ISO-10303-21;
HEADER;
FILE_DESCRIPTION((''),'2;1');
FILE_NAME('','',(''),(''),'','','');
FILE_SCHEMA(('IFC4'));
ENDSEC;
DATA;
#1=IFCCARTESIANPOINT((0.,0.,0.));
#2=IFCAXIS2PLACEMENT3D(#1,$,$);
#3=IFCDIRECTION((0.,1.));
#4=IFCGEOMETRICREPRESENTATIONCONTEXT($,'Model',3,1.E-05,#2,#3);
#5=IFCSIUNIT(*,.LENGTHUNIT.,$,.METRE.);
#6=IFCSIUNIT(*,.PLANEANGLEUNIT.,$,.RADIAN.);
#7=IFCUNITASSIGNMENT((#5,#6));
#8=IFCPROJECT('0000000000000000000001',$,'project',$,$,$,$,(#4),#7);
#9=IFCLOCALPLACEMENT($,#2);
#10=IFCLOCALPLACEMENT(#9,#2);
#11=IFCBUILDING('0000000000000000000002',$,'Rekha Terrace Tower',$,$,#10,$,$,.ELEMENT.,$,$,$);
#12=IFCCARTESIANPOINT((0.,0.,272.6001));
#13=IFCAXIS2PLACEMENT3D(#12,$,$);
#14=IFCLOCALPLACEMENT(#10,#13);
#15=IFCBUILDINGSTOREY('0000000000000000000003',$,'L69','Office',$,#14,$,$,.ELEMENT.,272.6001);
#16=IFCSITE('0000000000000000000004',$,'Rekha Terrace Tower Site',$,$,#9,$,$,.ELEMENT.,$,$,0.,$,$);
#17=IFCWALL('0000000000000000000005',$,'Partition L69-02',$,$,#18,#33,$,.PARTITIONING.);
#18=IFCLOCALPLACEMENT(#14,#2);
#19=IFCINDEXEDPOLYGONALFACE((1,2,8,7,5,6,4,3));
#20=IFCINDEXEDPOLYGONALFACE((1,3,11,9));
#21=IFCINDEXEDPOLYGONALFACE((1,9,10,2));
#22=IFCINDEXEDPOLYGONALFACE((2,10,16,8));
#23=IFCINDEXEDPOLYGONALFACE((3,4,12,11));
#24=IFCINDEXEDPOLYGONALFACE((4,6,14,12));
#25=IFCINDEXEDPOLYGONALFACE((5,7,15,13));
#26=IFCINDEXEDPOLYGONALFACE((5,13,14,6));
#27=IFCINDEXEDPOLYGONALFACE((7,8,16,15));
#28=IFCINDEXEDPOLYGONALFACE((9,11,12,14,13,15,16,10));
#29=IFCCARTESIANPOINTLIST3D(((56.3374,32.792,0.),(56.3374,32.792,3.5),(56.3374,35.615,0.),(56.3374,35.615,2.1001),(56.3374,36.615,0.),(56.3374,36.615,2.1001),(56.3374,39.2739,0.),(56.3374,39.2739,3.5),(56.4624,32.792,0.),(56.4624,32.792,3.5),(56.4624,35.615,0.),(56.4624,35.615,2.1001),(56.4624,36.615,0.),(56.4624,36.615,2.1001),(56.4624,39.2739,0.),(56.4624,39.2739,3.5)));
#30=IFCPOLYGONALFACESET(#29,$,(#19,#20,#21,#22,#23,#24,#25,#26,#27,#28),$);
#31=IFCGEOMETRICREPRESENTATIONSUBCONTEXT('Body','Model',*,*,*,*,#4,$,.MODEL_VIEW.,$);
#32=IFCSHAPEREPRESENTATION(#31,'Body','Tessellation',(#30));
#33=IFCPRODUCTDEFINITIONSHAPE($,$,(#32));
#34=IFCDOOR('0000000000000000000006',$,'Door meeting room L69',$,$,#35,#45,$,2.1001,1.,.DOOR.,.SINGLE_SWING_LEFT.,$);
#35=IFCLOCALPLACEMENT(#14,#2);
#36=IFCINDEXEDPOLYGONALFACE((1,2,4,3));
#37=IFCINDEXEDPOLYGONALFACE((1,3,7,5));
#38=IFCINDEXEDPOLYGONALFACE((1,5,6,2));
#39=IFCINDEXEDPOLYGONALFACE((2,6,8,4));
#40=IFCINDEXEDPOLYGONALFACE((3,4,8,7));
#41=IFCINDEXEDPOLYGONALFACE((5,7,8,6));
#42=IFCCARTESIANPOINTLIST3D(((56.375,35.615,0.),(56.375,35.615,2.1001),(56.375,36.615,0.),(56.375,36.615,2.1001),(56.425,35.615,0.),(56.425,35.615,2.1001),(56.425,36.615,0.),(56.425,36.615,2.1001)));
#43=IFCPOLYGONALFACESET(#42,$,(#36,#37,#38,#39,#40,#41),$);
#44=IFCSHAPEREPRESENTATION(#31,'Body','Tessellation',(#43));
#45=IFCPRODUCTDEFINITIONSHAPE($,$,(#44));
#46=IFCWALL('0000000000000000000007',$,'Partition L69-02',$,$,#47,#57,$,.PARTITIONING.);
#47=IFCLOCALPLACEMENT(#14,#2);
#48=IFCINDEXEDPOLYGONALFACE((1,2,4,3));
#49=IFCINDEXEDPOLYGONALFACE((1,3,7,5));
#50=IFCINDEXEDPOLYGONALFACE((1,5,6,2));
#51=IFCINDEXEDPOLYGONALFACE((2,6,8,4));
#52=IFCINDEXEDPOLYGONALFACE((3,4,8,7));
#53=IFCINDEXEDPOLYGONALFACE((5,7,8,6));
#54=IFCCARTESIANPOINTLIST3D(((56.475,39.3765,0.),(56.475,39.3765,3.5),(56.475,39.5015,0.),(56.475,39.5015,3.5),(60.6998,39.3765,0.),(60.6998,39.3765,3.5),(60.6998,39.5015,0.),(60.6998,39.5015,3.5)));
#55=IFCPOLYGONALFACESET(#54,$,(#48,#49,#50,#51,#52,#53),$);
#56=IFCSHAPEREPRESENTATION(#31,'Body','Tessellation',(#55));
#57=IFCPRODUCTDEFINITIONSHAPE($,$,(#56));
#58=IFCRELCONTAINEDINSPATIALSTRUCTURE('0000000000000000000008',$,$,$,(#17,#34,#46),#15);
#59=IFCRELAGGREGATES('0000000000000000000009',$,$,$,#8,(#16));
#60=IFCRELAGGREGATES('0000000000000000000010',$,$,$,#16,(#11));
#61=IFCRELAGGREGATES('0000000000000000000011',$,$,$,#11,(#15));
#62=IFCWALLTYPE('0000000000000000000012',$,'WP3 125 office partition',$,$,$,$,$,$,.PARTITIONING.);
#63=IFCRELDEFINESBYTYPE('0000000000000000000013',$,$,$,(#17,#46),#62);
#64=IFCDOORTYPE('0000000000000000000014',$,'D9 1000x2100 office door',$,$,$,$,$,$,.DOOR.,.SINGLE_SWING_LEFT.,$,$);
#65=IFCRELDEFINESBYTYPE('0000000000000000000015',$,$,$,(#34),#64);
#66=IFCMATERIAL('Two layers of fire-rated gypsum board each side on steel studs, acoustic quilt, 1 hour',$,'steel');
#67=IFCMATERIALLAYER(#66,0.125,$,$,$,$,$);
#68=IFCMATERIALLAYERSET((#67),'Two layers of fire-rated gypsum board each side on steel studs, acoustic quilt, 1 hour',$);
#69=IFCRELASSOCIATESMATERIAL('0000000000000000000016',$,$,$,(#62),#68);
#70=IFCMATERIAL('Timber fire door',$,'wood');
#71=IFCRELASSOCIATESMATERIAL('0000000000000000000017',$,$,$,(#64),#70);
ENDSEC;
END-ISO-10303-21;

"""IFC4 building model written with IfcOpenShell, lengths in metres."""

from ifc_helpers import new_model, si_unit, direction, frame, frame_2d, origin, place, context, subcontext, project, spatial, rectangle, extrude, material, layer, layer_set, type_object, element, fill, save


model = new_model("IFC4")

# Units and contexts
model_context = context("Model", 3, precision=1e-05, world=origin(), true_north=direction((0.0, 1.0)))
body_context = subcontext(model_context, "Body", "Model", "MODEL_VIEW")
ifc_project = project(units=[si_unit("LENGTHUNIT", "METRE"), si_unit("PLANEANGLEUNIT", "RADIAN")], contexts=[model_context])

# Site, building, storey
site_placement = place(None, origin())
site = spatial("IfcSite", under=ifc_project, at=site_placement, Name="Rekha Terrace Tower Site", CompositionType="ELEMENT", RefElevation=0.0)
building_placement = place(site_placement, origin())
building = spatial("IfcBuilding", under=site, at=building_placement, Name="Rekha Terrace Tower", CompositionType="ELEMENT")
storey_placement = place(building_placement, frame((0.0, 0.0, 272.6001)))
storey = spatial("IfcBuildingStorey", under=building, at=storey_placement, Name="L69", Description="Office", CompositionType="ELEMENT", Elevation=272.6001)

# Shared definitions
ifc_material_1 = material(Name="Two layers of fire-rated gypsum board each side on steel studs, acoustic quilt, 1 hour", Category="steel")
ifc_layer_1 = layer(ifc_material_1, 0.125)
ifc_layer_set_1 = layer_set([ifc_layer_1], Name="Two layers of fire-rated gypsum board each side on steel studs, acoustic quilt, 1 hour")
wall_type_1 = type_object("IfcWallType", Name="WP3 125 office partition", PredefinedType="PARTITIONING", material=ifc_layer_set_1)

# Wall, opening, door
wall_1_placement = place(storey_placement, frame((56.3999, 32.792, 0.0), z_axis=(0.0, 0.0, 1.0), x_axis=(0.0, 1.0, 0.0)))
wall_1 = element("IfcWall", 1, at=wall_1_placement, inside=storey, type_object=wall_type_1, Name="Partition L69-02", PredefinedType="PARTITIONING", context=body_context, shape_type="SweptSolid", body=[
    extrude(rectangle(XDim=6.4819, YDim=0.125, at=frame_2d((3.241, 0.0))), origin(), (0.0, 0.0, 1.0), 3.5),
])
opening_1_placement = place(wall_1_placement, frame((2.823, 0.0, 0.0)))
opening_1 = element("IfcOpeningElement", 2, at=opening_1_placement, cuts=wall_1, PredefinedType="OPENING", context=body_context, shape_type="SweptSolid", body=[
    extrude(rectangle(XDim=1.0, YDim=2.1001, at=frame_2d((0.5, 1.05))), frame((0.0, 0.0725, 0.0), z_axis=(0.0, -1.0, 0.0), x_axis=(1.0, 0.0, 0.0)), (0.0, 0.0, 1.0), 0.145),
])
ifc_material_2 = material(Name="Timber fire door", Category="wood")
door_type_1 = type_object("IfcDoorType", Name="D9 1000x2100 office door", OperationType="SINGLE_SWING_LEFT", PredefinedType="DOOR", material=ifc_material_2)
door_1_placement = place(opening_1_placement, origin())
door_1 = element("IfcDoor", 3, at=door_1_placement, inside=storey, type_object=door_type_1, Name="Door meeting room L69", OperationType="SINGLE_SWING_LEFT", OverallHeight=2.1001, OverallWidth=1.0, PredefinedType="DOOR", context=body_context, shape_type="SweptSolid", body=[
    extrude(rectangle(XDim=1.0, YDim=2.1001, at=frame_2d((0.5, 1.05))), frame((0.0, 0.0249, 0.0), z_axis=(0.0, -1.0, 0.0), x_axis=(1.0, 0.0, 0.0)), (0.0, 0.0, 1.0), 0.05),
])
fill(opening_1, door_1)

# Wall
wall_2_placement = place(storey_placement, frame((56.4751, 39.439, 0.0), z_axis=(0.0, 0.0, 1.0), x_axis=(1.0, 0.0, 0.0)))
element("IfcWall", 4, at=wall_2_placement, inside=storey, type_object=wall_type_1, Name="Partition L69-02", PredefinedType="PARTITIONING", context=body_context, shape_type="SweptSolid", body=[
    extrude(rectangle(XDim=4.2249, YDim=0.125, at=frame_2d((2.1123, 0.0))), origin(), (0.0, 0.0, 1.0), 3.5),
])

save(model, "model.ifc")
